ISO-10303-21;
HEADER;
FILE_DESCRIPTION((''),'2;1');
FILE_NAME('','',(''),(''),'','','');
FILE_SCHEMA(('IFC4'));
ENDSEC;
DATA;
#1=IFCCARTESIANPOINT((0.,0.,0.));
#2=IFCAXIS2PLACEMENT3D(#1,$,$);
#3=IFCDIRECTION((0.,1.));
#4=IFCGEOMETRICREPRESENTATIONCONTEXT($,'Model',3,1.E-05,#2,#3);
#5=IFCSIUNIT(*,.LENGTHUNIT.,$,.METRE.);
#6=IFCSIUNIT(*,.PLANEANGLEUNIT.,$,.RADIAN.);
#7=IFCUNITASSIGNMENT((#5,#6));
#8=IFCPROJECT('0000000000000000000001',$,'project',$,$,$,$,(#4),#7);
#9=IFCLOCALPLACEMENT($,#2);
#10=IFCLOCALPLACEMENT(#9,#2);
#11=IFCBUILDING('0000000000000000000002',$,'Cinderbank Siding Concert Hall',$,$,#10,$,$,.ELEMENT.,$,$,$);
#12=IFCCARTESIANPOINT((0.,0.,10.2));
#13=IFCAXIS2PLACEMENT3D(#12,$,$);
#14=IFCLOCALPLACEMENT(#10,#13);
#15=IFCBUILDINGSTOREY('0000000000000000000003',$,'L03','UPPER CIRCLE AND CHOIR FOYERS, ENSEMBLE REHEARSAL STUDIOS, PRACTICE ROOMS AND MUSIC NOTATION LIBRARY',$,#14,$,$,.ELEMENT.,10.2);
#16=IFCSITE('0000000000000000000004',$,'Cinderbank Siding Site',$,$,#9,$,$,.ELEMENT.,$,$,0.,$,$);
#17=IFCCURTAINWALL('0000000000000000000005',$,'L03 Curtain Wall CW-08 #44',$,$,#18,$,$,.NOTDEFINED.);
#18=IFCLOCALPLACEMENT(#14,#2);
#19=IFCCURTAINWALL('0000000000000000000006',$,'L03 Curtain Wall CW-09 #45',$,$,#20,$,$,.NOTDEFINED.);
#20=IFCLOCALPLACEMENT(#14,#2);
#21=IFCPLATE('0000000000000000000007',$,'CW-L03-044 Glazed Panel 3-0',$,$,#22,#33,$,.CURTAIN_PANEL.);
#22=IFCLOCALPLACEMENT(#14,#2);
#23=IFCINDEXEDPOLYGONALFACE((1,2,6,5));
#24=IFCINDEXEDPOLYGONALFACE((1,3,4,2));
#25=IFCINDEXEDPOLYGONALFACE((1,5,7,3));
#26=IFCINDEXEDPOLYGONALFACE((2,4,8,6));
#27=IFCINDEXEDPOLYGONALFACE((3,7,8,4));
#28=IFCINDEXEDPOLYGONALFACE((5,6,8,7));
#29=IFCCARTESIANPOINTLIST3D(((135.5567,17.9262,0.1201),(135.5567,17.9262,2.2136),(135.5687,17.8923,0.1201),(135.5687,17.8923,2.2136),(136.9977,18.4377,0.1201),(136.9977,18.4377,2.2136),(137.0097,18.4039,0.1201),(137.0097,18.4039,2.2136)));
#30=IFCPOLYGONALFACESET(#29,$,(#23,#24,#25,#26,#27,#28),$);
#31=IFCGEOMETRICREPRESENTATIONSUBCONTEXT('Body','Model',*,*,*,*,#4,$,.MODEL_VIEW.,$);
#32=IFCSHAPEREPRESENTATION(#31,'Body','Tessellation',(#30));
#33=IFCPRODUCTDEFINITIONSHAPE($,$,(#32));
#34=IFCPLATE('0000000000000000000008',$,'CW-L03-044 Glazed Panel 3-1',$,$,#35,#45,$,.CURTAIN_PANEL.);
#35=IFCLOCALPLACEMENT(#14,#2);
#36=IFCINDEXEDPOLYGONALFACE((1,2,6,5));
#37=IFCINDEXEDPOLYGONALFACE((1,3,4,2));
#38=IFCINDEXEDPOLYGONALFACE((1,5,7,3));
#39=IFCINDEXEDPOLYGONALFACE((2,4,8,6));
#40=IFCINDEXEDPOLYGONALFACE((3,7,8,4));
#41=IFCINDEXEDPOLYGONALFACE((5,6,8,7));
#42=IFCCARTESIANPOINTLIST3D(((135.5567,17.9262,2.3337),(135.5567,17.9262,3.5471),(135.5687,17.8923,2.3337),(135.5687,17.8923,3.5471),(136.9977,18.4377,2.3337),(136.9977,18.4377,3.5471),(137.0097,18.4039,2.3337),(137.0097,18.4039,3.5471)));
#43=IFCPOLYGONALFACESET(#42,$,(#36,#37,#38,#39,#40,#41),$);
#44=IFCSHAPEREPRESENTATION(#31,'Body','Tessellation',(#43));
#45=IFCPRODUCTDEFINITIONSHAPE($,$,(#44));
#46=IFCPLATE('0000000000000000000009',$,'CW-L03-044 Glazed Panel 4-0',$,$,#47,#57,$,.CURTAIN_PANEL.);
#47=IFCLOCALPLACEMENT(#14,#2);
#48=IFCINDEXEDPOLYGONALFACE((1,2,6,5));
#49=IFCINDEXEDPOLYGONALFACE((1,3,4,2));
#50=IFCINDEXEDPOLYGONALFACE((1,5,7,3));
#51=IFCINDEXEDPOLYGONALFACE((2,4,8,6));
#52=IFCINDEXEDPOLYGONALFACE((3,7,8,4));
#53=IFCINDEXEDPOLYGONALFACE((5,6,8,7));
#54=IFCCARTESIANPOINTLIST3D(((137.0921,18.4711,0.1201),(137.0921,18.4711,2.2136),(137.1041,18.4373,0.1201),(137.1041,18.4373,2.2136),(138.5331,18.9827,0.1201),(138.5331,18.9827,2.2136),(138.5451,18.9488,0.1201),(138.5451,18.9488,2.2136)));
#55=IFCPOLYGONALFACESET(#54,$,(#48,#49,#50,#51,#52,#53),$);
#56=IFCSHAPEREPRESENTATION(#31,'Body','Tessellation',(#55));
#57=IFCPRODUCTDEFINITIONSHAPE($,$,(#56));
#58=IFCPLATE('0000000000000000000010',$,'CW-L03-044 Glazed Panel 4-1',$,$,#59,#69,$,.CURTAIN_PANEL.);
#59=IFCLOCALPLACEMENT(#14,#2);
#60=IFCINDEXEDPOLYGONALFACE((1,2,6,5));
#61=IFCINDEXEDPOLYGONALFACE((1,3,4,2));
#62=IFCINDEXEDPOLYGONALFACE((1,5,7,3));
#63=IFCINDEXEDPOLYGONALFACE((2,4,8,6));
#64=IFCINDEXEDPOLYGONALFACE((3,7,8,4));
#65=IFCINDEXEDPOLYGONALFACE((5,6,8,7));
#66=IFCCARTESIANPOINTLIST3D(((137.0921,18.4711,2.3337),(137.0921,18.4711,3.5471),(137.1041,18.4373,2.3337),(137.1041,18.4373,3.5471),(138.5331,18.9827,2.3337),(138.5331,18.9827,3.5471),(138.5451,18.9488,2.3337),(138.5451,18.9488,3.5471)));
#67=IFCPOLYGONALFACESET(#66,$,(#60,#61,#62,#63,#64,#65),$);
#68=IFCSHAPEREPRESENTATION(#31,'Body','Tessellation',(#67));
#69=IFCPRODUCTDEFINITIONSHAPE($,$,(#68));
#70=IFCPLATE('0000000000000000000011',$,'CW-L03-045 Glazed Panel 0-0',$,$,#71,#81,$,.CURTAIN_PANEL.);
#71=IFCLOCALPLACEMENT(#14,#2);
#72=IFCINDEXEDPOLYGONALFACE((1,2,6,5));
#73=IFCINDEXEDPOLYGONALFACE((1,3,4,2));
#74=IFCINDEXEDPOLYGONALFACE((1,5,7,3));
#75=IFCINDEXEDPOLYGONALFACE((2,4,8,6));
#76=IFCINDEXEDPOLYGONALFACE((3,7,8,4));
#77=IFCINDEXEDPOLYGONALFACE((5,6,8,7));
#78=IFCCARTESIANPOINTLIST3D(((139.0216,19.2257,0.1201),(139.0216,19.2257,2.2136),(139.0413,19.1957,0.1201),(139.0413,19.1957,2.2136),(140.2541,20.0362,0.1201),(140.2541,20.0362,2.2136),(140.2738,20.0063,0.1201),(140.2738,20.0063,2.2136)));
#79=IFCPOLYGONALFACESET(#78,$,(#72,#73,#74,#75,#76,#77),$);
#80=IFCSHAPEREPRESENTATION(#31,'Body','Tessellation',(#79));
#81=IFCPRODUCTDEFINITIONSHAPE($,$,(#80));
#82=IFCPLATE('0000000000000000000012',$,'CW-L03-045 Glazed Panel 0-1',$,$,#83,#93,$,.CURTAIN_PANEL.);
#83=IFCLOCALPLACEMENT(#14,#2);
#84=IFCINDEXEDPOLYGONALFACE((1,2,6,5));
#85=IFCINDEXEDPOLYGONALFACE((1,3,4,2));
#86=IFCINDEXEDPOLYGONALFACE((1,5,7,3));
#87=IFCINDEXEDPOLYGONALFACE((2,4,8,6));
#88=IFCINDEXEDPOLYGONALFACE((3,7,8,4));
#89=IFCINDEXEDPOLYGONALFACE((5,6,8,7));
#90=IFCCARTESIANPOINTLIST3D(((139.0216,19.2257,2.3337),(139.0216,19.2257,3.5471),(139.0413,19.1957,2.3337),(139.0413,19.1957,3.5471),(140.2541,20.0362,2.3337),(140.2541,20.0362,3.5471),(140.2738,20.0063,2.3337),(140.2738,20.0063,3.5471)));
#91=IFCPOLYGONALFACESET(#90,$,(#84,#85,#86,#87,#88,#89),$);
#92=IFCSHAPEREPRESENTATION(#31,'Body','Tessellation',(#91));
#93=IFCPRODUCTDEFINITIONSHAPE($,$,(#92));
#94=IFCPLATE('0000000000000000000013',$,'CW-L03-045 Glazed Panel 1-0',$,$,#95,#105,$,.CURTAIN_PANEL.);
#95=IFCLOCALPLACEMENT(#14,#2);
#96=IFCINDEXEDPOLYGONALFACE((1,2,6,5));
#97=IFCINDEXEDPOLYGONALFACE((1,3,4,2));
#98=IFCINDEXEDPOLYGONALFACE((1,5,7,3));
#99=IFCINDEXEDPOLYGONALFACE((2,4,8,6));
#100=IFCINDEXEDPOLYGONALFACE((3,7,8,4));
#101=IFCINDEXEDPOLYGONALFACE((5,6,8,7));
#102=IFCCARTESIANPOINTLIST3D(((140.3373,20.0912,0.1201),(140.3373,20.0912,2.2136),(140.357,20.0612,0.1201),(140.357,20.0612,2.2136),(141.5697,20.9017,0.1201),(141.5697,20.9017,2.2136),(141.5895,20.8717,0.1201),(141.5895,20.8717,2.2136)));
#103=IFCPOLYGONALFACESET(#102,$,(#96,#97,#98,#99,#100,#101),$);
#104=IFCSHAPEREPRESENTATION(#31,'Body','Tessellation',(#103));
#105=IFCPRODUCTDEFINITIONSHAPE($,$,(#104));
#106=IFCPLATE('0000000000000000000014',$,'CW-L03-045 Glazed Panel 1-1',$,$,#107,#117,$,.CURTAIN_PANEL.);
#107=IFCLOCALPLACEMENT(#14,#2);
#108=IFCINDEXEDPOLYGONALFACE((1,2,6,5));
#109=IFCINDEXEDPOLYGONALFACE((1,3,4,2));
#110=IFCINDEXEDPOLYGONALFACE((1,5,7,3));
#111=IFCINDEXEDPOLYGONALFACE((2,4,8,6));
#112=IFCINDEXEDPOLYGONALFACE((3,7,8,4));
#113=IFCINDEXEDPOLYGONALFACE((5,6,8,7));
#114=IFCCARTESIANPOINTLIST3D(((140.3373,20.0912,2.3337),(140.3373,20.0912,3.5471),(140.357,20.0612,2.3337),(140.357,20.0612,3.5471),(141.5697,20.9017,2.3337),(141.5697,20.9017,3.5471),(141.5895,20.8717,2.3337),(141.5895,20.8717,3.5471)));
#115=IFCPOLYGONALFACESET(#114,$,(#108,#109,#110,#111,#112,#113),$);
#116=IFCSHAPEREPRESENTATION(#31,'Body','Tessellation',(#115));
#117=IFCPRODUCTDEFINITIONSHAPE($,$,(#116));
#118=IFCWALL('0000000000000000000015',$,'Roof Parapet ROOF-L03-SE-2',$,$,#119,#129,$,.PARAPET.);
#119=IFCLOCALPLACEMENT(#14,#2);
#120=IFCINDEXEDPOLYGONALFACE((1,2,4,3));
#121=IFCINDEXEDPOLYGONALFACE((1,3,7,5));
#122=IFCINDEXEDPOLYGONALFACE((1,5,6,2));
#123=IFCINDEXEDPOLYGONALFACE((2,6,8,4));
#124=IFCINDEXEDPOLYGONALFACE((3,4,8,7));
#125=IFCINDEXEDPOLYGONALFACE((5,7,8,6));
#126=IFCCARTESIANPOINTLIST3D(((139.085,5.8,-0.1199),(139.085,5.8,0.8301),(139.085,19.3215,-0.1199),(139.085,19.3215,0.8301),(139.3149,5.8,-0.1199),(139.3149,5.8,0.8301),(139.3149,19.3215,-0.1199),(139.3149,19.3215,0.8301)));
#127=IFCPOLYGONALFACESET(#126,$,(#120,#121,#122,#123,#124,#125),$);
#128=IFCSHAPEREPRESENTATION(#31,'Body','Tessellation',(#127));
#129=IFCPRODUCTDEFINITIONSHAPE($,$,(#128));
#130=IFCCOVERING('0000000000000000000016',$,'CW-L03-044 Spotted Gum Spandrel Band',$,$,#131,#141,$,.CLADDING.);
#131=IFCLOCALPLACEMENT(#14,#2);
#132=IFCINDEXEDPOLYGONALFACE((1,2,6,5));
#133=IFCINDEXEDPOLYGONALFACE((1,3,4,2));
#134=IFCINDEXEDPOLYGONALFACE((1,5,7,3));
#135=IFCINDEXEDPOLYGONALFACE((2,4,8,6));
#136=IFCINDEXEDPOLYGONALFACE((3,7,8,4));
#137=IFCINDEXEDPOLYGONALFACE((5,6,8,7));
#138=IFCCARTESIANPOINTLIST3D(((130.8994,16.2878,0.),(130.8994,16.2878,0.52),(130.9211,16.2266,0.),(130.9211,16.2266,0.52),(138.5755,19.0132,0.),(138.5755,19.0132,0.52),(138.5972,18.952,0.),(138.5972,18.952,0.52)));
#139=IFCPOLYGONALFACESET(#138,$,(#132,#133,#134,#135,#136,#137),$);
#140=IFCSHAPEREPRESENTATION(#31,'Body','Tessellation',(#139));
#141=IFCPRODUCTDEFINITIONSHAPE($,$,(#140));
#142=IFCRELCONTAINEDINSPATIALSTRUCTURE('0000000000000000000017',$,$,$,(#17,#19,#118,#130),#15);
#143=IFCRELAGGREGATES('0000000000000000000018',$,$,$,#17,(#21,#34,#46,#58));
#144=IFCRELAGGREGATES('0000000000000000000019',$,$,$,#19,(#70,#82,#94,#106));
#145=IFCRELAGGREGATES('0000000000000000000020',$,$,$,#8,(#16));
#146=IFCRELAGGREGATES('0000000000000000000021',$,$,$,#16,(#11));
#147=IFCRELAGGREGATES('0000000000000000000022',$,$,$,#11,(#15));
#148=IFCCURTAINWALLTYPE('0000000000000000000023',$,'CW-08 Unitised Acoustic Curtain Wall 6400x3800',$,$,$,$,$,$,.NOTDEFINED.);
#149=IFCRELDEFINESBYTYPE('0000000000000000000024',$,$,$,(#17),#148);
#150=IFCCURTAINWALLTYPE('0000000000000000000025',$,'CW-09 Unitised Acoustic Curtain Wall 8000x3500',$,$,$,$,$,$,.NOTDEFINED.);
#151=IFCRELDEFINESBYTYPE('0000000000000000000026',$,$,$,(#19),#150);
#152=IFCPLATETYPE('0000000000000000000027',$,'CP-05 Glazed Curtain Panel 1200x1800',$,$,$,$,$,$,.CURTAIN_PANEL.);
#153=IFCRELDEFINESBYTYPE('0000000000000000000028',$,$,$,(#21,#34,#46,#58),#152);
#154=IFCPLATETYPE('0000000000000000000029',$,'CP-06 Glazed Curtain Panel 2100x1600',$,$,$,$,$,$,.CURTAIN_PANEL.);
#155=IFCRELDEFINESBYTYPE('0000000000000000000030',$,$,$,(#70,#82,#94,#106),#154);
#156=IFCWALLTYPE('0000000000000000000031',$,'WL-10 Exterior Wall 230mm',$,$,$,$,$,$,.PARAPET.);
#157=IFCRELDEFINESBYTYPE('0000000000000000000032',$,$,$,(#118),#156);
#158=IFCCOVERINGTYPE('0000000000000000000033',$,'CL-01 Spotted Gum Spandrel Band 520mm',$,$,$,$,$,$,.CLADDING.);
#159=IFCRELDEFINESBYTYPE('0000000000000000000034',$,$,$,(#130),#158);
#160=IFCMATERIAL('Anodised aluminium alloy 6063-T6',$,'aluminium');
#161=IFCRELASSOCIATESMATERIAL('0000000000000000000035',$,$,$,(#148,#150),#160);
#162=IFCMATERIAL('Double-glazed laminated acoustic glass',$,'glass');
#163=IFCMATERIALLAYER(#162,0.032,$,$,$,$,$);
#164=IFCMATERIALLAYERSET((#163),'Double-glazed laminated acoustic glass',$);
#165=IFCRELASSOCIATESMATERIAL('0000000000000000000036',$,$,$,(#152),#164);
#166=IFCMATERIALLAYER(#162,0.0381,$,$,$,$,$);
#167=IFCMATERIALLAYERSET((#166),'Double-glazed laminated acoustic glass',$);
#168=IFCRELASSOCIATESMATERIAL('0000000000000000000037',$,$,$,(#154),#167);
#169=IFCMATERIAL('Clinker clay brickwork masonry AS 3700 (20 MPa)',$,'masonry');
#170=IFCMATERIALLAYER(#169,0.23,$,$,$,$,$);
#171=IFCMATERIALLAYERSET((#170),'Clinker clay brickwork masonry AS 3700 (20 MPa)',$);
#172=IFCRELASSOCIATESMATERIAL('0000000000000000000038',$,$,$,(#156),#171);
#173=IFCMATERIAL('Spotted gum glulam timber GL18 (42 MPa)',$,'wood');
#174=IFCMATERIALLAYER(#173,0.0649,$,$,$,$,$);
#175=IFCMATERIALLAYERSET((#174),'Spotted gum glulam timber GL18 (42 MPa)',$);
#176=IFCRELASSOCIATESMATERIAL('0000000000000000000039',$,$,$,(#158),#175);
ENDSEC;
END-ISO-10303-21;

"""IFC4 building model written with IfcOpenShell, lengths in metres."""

from ifc_helpers import new_model, si_unit, direction, frame, frame_2d, origin, origin_2d, place, context, subcontext, project, spatial, rectangle, extrude, material, layer, layer_set, type_object, element, aggregate, save


model = new_model("IFC4")

# Units and contexts
model_context = context("Model", 3, precision=1e-05, world=origin(), true_north=direction((0.0, 1.0)))
body_context = subcontext(model_context, "Body", "Model", "MODEL_VIEW")
ifc_project = project(units=[si_unit("LENGTHUNIT", "METRE"), si_unit("PLANEANGLEUNIT", "RADIAN")], contexts=[model_context])

# Site, building, storey
site_placement = place(None, origin())
site = spatial("IfcSite", under=ifc_project, at=site_placement, Name="Cinderbank Siding Site", CompositionType="ELEMENT", RefElevation=0.0)
building_placement = place(site_placement, origin())
building = spatial("IfcBuilding", under=site, at=building_placement, Name="Cinderbank Siding Concert Hall", CompositionType="ELEMENT")
storey_placement = place(building_placement, frame((0.0, 0.0, 10.2)))
storey = spatial("IfcBuildingStorey", under=building, at=storey_placement, Name="L03", Description="UPPER CIRCLE AND CHOIR FOYERS, ENSEMBLE REHEARSAL STUDIOS, PRACTICE ROOMS AND MUSIC NOTATION LIBRARY", CompositionType="ELEMENT", Elevation=10.2)

# Curtain walls
ifc_material_1 = material(Name="Anodised aluminium alloy 6063-T6", Category="aluminium")
curtain_wall_type_1 = type_object("IfcCurtainWallType", Name="CW-08 Unitised Acoustic Curtain Wall 6400x3800", PredefinedType="NOTDEFINED", material=ifc_material_1)
curtain_wall_1_placement = place(storey_placement, origin())
curtain_wall_1 = element("IfcCurtainWall", 1, at=curtain_wall_1_placement, inside=storey, type_object=curtain_wall_type_1, Name="L03 Curtain Wall CW-08 #44", PredefinedType="NOTDEFINED")
curtain_wall_type_2 = type_object("IfcCurtainWallType", Name="CW-09 Unitised Acoustic Curtain Wall 8000x3500", PredefinedType="NOTDEFINED", material=ifc_material_1)
curtain_wall_2_placement = place(storey_placement, origin())
curtain_wall_2 = element("IfcCurtainWall", 2, at=curtain_wall_2_placement, inside=storey, type_object=curtain_wall_type_2, Name="L03 Curtain Wall CW-09 #45", PredefinedType="NOTDEFINED")

# Shared definitions
ifc_material_2 = material(Name="Spotted gum glulam timber GL18 (42 MPa)", Category="wood")

# Plates
ifc_material_3 = material(Name="Double-glazed laminated acoustic glass", Category="glass")
ifc_layer_1 = layer(ifc_material_3, 0.032)
ifc_layer_set_1 = layer_set([ifc_layer_1], Name="Double-glazed laminated acoustic glass")
plate_type_1 = type_object("IfcPlateType", Name="CP-05 Glazed Curtain Panel 1200x1800", PredefinedType="CURTAIN_PANEL", material=ifc_layer_set_1)
plate_1_placement = place(storey_placement, frame((136.2832, 18.165, 0.1201), z_axis=(0.0, 0.0, 1.0), x_axis=(0.942366, 0.334585, 0.0)))
plate_1 = element("IfcPlate", 3, at=plate_1_placement, type_object=plate_type_1, Name="CW-L03-044 Glazed Panel 3-0", PredefinedType="CURTAIN_PANEL", context=body_context, shape_type="SweptSolid", body=[
    extrude(rectangle(XDim=1.5291, YDim=0.0359, at=origin_2d()), origin(), (0.0, 0.0, 1.0), 2.0935),
])
plate_2_placement = place(storey_placement, frame((136.2832, 18.165, 2.3337), z_axis=(0.0, 0.0, 1.0), x_axis=(0.942366, 0.334585, 0.0)))
plate_2 = element("IfcPlate", 4, at=plate_2_placement, type_object=plate_type_1, Name="CW-L03-044 Glazed Panel 3-1", PredefinedType="CURTAIN_PANEL", context=body_context, shape_type="SweptSolid", body=[
    extrude(rectangle(XDim=1.5291, YDim=0.0359, at=origin_2d()), origin(), (0.0, 0.0, 1.0), 1.2134),
])
plate_3_placement = place(storey_placement, frame((137.8186, 18.71, 0.1201), z_axis=(0.0, 0.0, 1.0), x_axis=(0.942366, 0.334585, 0.0)))
plate_3 = element("IfcPlate", 5, at=plate_3_placement, type_object=plate_type_1, Name="CW-L03-044 Glazed Panel 4-0", PredefinedType="CURTAIN_PANEL", context=body_context, shape_type="SweptSolid", body=[
    extrude(rectangle(XDim=1.5291, YDim=0.0359, at=origin_2d()), origin(), (0.0, 0.0, 1.0), 2.0935),
])
plate_4_placement = place(storey_placement, frame((137.8186, 18.71, 2.3337), z_axis=(0.0, 0.0, 1.0), x_axis=(0.942366, 0.334585, 0.0)))
plate_4 = element("IfcPlate", 6, at=plate_4_placement, type_object=plate_type_1, Name="CW-L03-044 Glazed Panel 4-1", PredefinedType="CURTAIN_PANEL", context=body_context, shape_type="SweptSolid", body=[
    extrude(rectangle(XDim=1.5291, YDim=0.0359, at=origin_2d()), origin(), (0.0, 0.0, 1.0), 1.2134),
])
aggregate(curtain_wall_1, [plate_1, plate_2, plate_3, plate_4])
ifc_layer_2 = layer(ifc_material_3, 0.0381)
ifc_layer_set_2 = layer_set([ifc_layer_2], Name="Double-glazed laminated acoustic glass")
plate_type_2 = type_object("IfcPlateType", Name="CP-06 Glazed Curtain Panel 2100x1600", PredefinedType="CURTAIN_PANEL", material=ifc_layer_set_2)
plate_5_placement = place(storey_placement, frame((139.6477, 19.616, 0.1201), z_axis=(0.0, 0.0, 1.0), x_axis=(0.835492, 0.549503, 0.0)))
plate_5 = element("IfcPlate", 7, at=plate_5_placement, type_object=plate_type_2, Name="CW-L03-045 Glazed Panel 0-0", PredefinedType="CURTAIN_PANEL", context=body_context, shape_type="SweptSolid", body=[
    extrude(rectangle(XDim=1.4751, YDim=0.0359, at=origin_2d()), origin(), (0.0, 0.0, 1.0), 2.0935),
])
plate_6_placement = place(storey_placement, frame((139.6477, 19.616, 2.3337), z_axis=(0.0, 0.0, 1.0), x_axis=(0.835492, 0.549503, 0.0)))
plate_6 = element("IfcPlate", 8, at=plate_6_placement, type_object=plate_type_2, Name="CW-L03-045 Glazed Panel 0-1", PredefinedType="CURTAIN_PANEL", context=body_context, shape_type="SweptSolid", body=[
    extrude(rectangle(XDim=1.4751, YDim=0.0359, at=origin_2d()), origin(), (0.0, 0.0, 1.0), 1.2134),
])
plate_7_placement = place(storey_placement, frame((140.9634, 20.4814, 0.1201), z_axis=(0.0, 0.0, 1.0), x_axis=(0.835492, 0.549503, 0.0)))
plate_7 = element("IfcPlate", 9, at=plate_7_placement, type_object=plate_type_2, Name="CW-L03-045 Glazed Panel 1-0", PredefinedType="CURTAIN_PANEL", context=body_context, shape_type="SweptSolid", body=[
    extrude(rectangle(XDim=1.4751, YDim=0.0359, at=origin_2d()), origin(), (0.0, 0.0, 1.0), 2.0935),
])
plate_8_placement = place(storey_placement, frame((140.9634, 20.4814, 2.3337), z_axis=(0.0, 0.0, 1.0), x_axis=(0.835492, 0.549503, 0.0)))
plate_8 = element("IfcPlate", 10, at=plate_8_placement, type_object=plate_type_2, Name="CW-L03-045 Glazed Panel 1-1", PredefinedType="CURTAIN_PANEL", context=body_context, shape_type="SweptSolid", body=[
    extrude(rectangle(XDim=1.4751, YDim=0.0359, at=origin_2d()), origin(), (0.0, 0.0, 1.0), 1.2134),
])
aggregate(curtain_wall_2, [plate_5, plate_6, plate_7, plate_8])

# Wall
ifc_material_4 = material(Name="Clinker clay brickwork masonry AS 3700 (20 MPa)", Category="masonry")
ifc_layer_3 = layer(ifc_material_4, 0.23)
ifc_layer_set_3 = layer_set([ifc_layer_3], Name="Clinker clay brickwork masonry AS 3700 (20 MPa)")
wall_type = type_object("IfcWallType", Name="WL-10 Exterior Wall 230mm", PredefinedType="PARAPET", material=ifc_layer_set_3)
wall_placement = place(storey_placement, frame((139.2, 5.8, -0.1199), z_axis=(0.0, 0.0, 1.0), x_axis=(0.0, 1.0, 0.0)))
element("IfcWall", 11, at=wall_placement, inside=storey, type_object=wall_type, Name="Roof Parapet ROOF-L03-SE-2", PredefinedType="PARAPET", context=body_context, shape_type="SweptSolid", body=[
    extrude(rectangle(XDim=13.5215, YDim=0.23, at=frame_2d((6.7607, 0.0))), origin(), (0.0, 0.0, 1.0), 0.95),
])

# Covering
ifc_layer_4 = layer(ifc_material_2, 0.0649)
ifc_layer_set_4 = layer_set([ifc_layer_4], Name="Spotted gum glulam timber GL18 (42 MPa)")
covering_type = type_object("IfcCoveringType", Name="CL-01 Spotted Gum Spandrel Band 520mm", PredefinedType="CLADDING", material=ifc_layer_set_4)
covering_placement = place(storey_placement, frame((134.7483, 17.6199, 0.0), z_axis=(0.0, 0.0, 1.0), x_axis=(0.942366, 0.334585, 0.0)))
element("IfcCovering", 12, at=covering_placement, inside=storey, type_object=covering_type, Name="CW-L03-044 Spotted Gum Spandrel Band", PredefinedType="CLADDING", context=body_context, shape_type="SweptSolid", body=[
    extrude(rectangle(XDim=8.1455, YDim=0.0649, at=origin_2d()), origin(), (0.0, 0.0, 1.0), 0.52),
])

save(model, "model.ifc")
